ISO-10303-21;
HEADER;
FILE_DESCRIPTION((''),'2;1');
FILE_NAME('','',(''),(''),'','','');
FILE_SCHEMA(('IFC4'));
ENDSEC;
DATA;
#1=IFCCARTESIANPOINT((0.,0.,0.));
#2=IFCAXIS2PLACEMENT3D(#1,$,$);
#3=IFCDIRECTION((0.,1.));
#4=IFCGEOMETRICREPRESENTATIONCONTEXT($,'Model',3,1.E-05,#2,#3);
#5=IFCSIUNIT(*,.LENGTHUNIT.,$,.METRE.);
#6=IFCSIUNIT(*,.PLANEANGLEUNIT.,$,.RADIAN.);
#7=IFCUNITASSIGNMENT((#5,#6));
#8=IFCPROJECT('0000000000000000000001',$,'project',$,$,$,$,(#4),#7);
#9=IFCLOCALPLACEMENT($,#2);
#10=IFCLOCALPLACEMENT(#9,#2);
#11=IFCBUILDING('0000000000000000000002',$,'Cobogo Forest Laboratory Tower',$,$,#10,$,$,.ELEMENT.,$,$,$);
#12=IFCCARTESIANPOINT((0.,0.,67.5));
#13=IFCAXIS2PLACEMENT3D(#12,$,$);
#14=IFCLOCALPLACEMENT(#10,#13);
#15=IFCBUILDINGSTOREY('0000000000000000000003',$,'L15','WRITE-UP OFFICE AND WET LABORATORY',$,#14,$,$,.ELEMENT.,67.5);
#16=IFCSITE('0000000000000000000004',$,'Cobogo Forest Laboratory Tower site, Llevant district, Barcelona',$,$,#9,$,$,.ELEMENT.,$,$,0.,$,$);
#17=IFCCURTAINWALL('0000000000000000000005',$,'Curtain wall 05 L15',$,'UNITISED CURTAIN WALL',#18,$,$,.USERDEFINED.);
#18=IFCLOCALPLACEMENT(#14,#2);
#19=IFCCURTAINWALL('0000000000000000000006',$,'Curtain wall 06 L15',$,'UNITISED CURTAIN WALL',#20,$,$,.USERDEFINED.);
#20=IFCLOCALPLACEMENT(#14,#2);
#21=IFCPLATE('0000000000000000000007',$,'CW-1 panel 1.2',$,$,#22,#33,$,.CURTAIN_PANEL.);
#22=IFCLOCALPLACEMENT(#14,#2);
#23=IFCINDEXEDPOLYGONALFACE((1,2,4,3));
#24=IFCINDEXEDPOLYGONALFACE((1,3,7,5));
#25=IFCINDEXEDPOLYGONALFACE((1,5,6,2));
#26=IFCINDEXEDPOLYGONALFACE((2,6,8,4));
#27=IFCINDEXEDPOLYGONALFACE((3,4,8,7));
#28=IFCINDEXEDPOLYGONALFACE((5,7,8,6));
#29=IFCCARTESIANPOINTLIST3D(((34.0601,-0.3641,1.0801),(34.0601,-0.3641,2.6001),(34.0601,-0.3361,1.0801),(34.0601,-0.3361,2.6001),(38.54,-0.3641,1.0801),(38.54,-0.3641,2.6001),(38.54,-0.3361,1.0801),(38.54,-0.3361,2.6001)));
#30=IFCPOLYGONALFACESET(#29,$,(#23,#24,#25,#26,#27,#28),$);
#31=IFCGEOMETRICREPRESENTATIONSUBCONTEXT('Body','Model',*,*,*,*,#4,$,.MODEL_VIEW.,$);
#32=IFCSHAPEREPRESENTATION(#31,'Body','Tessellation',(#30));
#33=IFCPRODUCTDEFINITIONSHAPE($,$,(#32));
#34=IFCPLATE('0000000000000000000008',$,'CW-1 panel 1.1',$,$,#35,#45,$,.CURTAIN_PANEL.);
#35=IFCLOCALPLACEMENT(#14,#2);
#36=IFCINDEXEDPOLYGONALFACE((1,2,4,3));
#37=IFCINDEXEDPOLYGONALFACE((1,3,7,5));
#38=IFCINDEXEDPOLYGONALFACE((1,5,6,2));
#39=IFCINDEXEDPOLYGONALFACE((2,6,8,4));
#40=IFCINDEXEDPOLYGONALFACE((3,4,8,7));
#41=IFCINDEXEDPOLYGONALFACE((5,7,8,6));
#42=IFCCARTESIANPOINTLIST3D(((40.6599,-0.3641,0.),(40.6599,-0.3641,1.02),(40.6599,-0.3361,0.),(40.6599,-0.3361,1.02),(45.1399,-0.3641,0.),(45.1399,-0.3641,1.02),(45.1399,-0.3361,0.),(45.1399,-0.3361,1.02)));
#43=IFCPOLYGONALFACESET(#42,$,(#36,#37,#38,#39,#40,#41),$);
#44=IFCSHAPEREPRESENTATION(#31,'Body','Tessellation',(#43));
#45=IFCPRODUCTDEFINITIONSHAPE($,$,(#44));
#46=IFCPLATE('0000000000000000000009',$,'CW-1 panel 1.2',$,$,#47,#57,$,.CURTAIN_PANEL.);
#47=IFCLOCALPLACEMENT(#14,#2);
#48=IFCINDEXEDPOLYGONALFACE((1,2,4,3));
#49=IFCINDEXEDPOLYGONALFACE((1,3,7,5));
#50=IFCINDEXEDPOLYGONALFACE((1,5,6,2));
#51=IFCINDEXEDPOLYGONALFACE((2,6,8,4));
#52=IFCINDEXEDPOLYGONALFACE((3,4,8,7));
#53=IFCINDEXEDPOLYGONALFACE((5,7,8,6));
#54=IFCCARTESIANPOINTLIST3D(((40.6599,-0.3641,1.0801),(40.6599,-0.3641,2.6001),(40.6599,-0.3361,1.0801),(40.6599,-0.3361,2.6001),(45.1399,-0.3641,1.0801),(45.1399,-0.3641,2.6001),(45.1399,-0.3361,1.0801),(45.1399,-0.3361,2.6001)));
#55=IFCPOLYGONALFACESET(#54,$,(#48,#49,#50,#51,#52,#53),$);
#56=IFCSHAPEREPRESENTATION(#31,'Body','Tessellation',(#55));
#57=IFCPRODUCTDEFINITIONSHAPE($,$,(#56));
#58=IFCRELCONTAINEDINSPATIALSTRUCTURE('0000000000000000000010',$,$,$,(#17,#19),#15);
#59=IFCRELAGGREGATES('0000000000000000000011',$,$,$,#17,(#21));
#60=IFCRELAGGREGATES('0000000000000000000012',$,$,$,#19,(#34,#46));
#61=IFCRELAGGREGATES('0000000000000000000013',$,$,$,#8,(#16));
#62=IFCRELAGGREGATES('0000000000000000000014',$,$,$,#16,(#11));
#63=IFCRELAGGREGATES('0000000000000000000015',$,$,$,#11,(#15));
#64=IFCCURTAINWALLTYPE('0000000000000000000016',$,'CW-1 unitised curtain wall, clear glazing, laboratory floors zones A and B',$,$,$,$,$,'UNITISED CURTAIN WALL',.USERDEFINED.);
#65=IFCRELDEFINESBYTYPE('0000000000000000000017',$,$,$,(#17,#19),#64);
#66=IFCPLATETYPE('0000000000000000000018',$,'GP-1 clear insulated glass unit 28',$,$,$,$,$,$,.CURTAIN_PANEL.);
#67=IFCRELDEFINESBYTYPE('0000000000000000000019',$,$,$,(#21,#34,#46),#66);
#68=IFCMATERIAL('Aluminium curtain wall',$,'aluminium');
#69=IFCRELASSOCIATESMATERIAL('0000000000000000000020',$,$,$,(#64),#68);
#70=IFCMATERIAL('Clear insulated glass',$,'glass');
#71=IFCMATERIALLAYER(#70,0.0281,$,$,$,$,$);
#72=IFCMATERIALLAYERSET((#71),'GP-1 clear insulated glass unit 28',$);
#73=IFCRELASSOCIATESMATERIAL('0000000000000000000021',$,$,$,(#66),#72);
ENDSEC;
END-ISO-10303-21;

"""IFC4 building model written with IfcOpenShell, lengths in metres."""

from ifc_helpers import new_model, si_unit, direction, frame, origin, origin_2d, place, context, subcontext, project, spatial, rectangle, extrude, material, layer, layer_set, type_object, element, aggregate, save


model = new_model("IFC4")

# Units and contexts
model_context = context("Model", 3, precision=1e-05, world=origin(), true_north=direction((0.0, 1.0)))
body_context = subcontext(model_context, "Body", "Model", "MODEL_VIEW")
ifc_project = project(units=[si_unit("LENGTHUNIT", "METRE"), si_unit("PLANEANGLEUNIT", "RADIAN")], contexts=[model_context])

# Site, building, storey
site_placement = place(None, origin())
site = spatial("IfcSite", under=ifc_project, at=site_placement, Name="Cobogo Forest Laboratory Tower site, Llevant district, Barcelona", CompositionType="ELEMENT", RefElevation=0.0)
building_placement = place(site_placement, origin())
building = spatial("IfcBuilding", under=site, at=building_placement, Name="Cobogo Forest Laboratory Tower", CompositionType="ELEMENT")
storey_placement = place(building_placement, frame((0.0, 0.0, 67.5)))
storey = spatial("IfcBuildingStorey", under=building, at=storey_placement, Name="L15", Description="WRITE-UP OFFICE AND WET LABORATORY", CompositionType="ELEMENT", Elevation=67.5)

# Shared definitions
ifc_material_1 = material(Name="Aluminium curtain wall", Category="aluminium")
curtain_wall_type = type_object("IfcCurtainWallType", Name="CW-1 unitised curtain wall, clear glazing, laboratory floors zones A and B", ElementType="UNITISED CURTAIN WALL", PredefinedType="USERDEFINED", material=ifc_material_1)

# Curtain wall
curtain_wall_1_placement = place(storey_placement, origin())
curtain_wall_1 = element("IfcCurtainWall", 1, at=curtain_wall_1_placement, inside=storey, type_object=curtain_wall_type, Name="Curtain wall 05 L15", ObjectType="UNITISED CURTAIN WALL", PredefinedType="USERDEFINED")

# Curtain wall
curtain_wall_2_placement = place(storey_placement, origin())
curtain_wall_2 = element("IfcCurtainWall", 2, at=curtain_wall_2_placement, inside=storey, type_object=curtain_wall_type, Name="Curtain wall 06 L15", ObjectType="UNITISED CURTAIN WALL", PredefinedType="USERDEFINED")

# Plates
ifc_material_2 = material(Name="Clear insulated glass", Category="glass")
ifc_layer = layer(ifc_material_2, 0.0281)
ifc_layer_set = layer_set([ifc_layer], Name="GP-1 clear insulated glass unit 28")
plate_type_1 = type_object("IfcPlateType", Name="GP-1 clear insulated glass unit 28", PredefinedType="CURTAIN_PANEL", material=ifc_layer_set)
plate_1_placement = place(storey_placement, frame((36.3, -0.3501, 1.0801), z_axis=(0.0, 0.0, 1.0), x_axis=(1.0, 0.0, 0.0)))
plate_1 = element("IfcPlate", 3, at=plate_1_placement, type_object=plate_type_1, Name="CW-1 panel 1.2", PredefinedType="CURTAIN_PANEL", context=body_context, shape_type="SweptSolid", body=[
    extrude(rectangle(XDim=4.48, YDim=0.0281, at=origin_2d()), origin(), (0.0, 0.0, 1.0), 1.52),
])
aggregate(curtain_wall_1, [plate_1])
plate_2_placement = place(storey_placement, frame((42.8999, -0.3501, 0.0), z_axis=(0.0, 0.0, 1.0), x_axis=(1.0, 0.0, 0.0)))
plate_2 = element("IfcPlate", 4, at=plate_2_placement, type_object=plate_type_1, Name="CW-1 panel 1.1", PredefinedType="CURTAIN_PANEL", context=body_context, shape_type="SweptSolid", body=[
    extrude(rectangle(XDim=4.48, YDim=0.0281, at=origin_2d()), origin(), (0.0, 0.0, 1.0), 1.02),
])
plate_3_placement = place(storey_placement, frame((42.8999, -0.3501, 1.0801), z_axis=(0.0, 0.0, 1.0), x_axis=(1.0, 0.0, 0.0)))
plate_3 = element("IfcPlate", 5, at=plate_3_placement, type_object=plate_type_1, Name="CW-1 panel 1.2", PredefinedType="CURTAIN_PANEL", context=body_context, shape_type="SweptSolid", body=[
    extrude(rectangle(XDim=4.48, YDim=0.0281, at=origin_2d()), origin(), (0.0, 0.0, 1.0), 1.52),
])
aggregate(curtain_wall_2, [plate_2, plate_3])

save(model, "model.ifc")
